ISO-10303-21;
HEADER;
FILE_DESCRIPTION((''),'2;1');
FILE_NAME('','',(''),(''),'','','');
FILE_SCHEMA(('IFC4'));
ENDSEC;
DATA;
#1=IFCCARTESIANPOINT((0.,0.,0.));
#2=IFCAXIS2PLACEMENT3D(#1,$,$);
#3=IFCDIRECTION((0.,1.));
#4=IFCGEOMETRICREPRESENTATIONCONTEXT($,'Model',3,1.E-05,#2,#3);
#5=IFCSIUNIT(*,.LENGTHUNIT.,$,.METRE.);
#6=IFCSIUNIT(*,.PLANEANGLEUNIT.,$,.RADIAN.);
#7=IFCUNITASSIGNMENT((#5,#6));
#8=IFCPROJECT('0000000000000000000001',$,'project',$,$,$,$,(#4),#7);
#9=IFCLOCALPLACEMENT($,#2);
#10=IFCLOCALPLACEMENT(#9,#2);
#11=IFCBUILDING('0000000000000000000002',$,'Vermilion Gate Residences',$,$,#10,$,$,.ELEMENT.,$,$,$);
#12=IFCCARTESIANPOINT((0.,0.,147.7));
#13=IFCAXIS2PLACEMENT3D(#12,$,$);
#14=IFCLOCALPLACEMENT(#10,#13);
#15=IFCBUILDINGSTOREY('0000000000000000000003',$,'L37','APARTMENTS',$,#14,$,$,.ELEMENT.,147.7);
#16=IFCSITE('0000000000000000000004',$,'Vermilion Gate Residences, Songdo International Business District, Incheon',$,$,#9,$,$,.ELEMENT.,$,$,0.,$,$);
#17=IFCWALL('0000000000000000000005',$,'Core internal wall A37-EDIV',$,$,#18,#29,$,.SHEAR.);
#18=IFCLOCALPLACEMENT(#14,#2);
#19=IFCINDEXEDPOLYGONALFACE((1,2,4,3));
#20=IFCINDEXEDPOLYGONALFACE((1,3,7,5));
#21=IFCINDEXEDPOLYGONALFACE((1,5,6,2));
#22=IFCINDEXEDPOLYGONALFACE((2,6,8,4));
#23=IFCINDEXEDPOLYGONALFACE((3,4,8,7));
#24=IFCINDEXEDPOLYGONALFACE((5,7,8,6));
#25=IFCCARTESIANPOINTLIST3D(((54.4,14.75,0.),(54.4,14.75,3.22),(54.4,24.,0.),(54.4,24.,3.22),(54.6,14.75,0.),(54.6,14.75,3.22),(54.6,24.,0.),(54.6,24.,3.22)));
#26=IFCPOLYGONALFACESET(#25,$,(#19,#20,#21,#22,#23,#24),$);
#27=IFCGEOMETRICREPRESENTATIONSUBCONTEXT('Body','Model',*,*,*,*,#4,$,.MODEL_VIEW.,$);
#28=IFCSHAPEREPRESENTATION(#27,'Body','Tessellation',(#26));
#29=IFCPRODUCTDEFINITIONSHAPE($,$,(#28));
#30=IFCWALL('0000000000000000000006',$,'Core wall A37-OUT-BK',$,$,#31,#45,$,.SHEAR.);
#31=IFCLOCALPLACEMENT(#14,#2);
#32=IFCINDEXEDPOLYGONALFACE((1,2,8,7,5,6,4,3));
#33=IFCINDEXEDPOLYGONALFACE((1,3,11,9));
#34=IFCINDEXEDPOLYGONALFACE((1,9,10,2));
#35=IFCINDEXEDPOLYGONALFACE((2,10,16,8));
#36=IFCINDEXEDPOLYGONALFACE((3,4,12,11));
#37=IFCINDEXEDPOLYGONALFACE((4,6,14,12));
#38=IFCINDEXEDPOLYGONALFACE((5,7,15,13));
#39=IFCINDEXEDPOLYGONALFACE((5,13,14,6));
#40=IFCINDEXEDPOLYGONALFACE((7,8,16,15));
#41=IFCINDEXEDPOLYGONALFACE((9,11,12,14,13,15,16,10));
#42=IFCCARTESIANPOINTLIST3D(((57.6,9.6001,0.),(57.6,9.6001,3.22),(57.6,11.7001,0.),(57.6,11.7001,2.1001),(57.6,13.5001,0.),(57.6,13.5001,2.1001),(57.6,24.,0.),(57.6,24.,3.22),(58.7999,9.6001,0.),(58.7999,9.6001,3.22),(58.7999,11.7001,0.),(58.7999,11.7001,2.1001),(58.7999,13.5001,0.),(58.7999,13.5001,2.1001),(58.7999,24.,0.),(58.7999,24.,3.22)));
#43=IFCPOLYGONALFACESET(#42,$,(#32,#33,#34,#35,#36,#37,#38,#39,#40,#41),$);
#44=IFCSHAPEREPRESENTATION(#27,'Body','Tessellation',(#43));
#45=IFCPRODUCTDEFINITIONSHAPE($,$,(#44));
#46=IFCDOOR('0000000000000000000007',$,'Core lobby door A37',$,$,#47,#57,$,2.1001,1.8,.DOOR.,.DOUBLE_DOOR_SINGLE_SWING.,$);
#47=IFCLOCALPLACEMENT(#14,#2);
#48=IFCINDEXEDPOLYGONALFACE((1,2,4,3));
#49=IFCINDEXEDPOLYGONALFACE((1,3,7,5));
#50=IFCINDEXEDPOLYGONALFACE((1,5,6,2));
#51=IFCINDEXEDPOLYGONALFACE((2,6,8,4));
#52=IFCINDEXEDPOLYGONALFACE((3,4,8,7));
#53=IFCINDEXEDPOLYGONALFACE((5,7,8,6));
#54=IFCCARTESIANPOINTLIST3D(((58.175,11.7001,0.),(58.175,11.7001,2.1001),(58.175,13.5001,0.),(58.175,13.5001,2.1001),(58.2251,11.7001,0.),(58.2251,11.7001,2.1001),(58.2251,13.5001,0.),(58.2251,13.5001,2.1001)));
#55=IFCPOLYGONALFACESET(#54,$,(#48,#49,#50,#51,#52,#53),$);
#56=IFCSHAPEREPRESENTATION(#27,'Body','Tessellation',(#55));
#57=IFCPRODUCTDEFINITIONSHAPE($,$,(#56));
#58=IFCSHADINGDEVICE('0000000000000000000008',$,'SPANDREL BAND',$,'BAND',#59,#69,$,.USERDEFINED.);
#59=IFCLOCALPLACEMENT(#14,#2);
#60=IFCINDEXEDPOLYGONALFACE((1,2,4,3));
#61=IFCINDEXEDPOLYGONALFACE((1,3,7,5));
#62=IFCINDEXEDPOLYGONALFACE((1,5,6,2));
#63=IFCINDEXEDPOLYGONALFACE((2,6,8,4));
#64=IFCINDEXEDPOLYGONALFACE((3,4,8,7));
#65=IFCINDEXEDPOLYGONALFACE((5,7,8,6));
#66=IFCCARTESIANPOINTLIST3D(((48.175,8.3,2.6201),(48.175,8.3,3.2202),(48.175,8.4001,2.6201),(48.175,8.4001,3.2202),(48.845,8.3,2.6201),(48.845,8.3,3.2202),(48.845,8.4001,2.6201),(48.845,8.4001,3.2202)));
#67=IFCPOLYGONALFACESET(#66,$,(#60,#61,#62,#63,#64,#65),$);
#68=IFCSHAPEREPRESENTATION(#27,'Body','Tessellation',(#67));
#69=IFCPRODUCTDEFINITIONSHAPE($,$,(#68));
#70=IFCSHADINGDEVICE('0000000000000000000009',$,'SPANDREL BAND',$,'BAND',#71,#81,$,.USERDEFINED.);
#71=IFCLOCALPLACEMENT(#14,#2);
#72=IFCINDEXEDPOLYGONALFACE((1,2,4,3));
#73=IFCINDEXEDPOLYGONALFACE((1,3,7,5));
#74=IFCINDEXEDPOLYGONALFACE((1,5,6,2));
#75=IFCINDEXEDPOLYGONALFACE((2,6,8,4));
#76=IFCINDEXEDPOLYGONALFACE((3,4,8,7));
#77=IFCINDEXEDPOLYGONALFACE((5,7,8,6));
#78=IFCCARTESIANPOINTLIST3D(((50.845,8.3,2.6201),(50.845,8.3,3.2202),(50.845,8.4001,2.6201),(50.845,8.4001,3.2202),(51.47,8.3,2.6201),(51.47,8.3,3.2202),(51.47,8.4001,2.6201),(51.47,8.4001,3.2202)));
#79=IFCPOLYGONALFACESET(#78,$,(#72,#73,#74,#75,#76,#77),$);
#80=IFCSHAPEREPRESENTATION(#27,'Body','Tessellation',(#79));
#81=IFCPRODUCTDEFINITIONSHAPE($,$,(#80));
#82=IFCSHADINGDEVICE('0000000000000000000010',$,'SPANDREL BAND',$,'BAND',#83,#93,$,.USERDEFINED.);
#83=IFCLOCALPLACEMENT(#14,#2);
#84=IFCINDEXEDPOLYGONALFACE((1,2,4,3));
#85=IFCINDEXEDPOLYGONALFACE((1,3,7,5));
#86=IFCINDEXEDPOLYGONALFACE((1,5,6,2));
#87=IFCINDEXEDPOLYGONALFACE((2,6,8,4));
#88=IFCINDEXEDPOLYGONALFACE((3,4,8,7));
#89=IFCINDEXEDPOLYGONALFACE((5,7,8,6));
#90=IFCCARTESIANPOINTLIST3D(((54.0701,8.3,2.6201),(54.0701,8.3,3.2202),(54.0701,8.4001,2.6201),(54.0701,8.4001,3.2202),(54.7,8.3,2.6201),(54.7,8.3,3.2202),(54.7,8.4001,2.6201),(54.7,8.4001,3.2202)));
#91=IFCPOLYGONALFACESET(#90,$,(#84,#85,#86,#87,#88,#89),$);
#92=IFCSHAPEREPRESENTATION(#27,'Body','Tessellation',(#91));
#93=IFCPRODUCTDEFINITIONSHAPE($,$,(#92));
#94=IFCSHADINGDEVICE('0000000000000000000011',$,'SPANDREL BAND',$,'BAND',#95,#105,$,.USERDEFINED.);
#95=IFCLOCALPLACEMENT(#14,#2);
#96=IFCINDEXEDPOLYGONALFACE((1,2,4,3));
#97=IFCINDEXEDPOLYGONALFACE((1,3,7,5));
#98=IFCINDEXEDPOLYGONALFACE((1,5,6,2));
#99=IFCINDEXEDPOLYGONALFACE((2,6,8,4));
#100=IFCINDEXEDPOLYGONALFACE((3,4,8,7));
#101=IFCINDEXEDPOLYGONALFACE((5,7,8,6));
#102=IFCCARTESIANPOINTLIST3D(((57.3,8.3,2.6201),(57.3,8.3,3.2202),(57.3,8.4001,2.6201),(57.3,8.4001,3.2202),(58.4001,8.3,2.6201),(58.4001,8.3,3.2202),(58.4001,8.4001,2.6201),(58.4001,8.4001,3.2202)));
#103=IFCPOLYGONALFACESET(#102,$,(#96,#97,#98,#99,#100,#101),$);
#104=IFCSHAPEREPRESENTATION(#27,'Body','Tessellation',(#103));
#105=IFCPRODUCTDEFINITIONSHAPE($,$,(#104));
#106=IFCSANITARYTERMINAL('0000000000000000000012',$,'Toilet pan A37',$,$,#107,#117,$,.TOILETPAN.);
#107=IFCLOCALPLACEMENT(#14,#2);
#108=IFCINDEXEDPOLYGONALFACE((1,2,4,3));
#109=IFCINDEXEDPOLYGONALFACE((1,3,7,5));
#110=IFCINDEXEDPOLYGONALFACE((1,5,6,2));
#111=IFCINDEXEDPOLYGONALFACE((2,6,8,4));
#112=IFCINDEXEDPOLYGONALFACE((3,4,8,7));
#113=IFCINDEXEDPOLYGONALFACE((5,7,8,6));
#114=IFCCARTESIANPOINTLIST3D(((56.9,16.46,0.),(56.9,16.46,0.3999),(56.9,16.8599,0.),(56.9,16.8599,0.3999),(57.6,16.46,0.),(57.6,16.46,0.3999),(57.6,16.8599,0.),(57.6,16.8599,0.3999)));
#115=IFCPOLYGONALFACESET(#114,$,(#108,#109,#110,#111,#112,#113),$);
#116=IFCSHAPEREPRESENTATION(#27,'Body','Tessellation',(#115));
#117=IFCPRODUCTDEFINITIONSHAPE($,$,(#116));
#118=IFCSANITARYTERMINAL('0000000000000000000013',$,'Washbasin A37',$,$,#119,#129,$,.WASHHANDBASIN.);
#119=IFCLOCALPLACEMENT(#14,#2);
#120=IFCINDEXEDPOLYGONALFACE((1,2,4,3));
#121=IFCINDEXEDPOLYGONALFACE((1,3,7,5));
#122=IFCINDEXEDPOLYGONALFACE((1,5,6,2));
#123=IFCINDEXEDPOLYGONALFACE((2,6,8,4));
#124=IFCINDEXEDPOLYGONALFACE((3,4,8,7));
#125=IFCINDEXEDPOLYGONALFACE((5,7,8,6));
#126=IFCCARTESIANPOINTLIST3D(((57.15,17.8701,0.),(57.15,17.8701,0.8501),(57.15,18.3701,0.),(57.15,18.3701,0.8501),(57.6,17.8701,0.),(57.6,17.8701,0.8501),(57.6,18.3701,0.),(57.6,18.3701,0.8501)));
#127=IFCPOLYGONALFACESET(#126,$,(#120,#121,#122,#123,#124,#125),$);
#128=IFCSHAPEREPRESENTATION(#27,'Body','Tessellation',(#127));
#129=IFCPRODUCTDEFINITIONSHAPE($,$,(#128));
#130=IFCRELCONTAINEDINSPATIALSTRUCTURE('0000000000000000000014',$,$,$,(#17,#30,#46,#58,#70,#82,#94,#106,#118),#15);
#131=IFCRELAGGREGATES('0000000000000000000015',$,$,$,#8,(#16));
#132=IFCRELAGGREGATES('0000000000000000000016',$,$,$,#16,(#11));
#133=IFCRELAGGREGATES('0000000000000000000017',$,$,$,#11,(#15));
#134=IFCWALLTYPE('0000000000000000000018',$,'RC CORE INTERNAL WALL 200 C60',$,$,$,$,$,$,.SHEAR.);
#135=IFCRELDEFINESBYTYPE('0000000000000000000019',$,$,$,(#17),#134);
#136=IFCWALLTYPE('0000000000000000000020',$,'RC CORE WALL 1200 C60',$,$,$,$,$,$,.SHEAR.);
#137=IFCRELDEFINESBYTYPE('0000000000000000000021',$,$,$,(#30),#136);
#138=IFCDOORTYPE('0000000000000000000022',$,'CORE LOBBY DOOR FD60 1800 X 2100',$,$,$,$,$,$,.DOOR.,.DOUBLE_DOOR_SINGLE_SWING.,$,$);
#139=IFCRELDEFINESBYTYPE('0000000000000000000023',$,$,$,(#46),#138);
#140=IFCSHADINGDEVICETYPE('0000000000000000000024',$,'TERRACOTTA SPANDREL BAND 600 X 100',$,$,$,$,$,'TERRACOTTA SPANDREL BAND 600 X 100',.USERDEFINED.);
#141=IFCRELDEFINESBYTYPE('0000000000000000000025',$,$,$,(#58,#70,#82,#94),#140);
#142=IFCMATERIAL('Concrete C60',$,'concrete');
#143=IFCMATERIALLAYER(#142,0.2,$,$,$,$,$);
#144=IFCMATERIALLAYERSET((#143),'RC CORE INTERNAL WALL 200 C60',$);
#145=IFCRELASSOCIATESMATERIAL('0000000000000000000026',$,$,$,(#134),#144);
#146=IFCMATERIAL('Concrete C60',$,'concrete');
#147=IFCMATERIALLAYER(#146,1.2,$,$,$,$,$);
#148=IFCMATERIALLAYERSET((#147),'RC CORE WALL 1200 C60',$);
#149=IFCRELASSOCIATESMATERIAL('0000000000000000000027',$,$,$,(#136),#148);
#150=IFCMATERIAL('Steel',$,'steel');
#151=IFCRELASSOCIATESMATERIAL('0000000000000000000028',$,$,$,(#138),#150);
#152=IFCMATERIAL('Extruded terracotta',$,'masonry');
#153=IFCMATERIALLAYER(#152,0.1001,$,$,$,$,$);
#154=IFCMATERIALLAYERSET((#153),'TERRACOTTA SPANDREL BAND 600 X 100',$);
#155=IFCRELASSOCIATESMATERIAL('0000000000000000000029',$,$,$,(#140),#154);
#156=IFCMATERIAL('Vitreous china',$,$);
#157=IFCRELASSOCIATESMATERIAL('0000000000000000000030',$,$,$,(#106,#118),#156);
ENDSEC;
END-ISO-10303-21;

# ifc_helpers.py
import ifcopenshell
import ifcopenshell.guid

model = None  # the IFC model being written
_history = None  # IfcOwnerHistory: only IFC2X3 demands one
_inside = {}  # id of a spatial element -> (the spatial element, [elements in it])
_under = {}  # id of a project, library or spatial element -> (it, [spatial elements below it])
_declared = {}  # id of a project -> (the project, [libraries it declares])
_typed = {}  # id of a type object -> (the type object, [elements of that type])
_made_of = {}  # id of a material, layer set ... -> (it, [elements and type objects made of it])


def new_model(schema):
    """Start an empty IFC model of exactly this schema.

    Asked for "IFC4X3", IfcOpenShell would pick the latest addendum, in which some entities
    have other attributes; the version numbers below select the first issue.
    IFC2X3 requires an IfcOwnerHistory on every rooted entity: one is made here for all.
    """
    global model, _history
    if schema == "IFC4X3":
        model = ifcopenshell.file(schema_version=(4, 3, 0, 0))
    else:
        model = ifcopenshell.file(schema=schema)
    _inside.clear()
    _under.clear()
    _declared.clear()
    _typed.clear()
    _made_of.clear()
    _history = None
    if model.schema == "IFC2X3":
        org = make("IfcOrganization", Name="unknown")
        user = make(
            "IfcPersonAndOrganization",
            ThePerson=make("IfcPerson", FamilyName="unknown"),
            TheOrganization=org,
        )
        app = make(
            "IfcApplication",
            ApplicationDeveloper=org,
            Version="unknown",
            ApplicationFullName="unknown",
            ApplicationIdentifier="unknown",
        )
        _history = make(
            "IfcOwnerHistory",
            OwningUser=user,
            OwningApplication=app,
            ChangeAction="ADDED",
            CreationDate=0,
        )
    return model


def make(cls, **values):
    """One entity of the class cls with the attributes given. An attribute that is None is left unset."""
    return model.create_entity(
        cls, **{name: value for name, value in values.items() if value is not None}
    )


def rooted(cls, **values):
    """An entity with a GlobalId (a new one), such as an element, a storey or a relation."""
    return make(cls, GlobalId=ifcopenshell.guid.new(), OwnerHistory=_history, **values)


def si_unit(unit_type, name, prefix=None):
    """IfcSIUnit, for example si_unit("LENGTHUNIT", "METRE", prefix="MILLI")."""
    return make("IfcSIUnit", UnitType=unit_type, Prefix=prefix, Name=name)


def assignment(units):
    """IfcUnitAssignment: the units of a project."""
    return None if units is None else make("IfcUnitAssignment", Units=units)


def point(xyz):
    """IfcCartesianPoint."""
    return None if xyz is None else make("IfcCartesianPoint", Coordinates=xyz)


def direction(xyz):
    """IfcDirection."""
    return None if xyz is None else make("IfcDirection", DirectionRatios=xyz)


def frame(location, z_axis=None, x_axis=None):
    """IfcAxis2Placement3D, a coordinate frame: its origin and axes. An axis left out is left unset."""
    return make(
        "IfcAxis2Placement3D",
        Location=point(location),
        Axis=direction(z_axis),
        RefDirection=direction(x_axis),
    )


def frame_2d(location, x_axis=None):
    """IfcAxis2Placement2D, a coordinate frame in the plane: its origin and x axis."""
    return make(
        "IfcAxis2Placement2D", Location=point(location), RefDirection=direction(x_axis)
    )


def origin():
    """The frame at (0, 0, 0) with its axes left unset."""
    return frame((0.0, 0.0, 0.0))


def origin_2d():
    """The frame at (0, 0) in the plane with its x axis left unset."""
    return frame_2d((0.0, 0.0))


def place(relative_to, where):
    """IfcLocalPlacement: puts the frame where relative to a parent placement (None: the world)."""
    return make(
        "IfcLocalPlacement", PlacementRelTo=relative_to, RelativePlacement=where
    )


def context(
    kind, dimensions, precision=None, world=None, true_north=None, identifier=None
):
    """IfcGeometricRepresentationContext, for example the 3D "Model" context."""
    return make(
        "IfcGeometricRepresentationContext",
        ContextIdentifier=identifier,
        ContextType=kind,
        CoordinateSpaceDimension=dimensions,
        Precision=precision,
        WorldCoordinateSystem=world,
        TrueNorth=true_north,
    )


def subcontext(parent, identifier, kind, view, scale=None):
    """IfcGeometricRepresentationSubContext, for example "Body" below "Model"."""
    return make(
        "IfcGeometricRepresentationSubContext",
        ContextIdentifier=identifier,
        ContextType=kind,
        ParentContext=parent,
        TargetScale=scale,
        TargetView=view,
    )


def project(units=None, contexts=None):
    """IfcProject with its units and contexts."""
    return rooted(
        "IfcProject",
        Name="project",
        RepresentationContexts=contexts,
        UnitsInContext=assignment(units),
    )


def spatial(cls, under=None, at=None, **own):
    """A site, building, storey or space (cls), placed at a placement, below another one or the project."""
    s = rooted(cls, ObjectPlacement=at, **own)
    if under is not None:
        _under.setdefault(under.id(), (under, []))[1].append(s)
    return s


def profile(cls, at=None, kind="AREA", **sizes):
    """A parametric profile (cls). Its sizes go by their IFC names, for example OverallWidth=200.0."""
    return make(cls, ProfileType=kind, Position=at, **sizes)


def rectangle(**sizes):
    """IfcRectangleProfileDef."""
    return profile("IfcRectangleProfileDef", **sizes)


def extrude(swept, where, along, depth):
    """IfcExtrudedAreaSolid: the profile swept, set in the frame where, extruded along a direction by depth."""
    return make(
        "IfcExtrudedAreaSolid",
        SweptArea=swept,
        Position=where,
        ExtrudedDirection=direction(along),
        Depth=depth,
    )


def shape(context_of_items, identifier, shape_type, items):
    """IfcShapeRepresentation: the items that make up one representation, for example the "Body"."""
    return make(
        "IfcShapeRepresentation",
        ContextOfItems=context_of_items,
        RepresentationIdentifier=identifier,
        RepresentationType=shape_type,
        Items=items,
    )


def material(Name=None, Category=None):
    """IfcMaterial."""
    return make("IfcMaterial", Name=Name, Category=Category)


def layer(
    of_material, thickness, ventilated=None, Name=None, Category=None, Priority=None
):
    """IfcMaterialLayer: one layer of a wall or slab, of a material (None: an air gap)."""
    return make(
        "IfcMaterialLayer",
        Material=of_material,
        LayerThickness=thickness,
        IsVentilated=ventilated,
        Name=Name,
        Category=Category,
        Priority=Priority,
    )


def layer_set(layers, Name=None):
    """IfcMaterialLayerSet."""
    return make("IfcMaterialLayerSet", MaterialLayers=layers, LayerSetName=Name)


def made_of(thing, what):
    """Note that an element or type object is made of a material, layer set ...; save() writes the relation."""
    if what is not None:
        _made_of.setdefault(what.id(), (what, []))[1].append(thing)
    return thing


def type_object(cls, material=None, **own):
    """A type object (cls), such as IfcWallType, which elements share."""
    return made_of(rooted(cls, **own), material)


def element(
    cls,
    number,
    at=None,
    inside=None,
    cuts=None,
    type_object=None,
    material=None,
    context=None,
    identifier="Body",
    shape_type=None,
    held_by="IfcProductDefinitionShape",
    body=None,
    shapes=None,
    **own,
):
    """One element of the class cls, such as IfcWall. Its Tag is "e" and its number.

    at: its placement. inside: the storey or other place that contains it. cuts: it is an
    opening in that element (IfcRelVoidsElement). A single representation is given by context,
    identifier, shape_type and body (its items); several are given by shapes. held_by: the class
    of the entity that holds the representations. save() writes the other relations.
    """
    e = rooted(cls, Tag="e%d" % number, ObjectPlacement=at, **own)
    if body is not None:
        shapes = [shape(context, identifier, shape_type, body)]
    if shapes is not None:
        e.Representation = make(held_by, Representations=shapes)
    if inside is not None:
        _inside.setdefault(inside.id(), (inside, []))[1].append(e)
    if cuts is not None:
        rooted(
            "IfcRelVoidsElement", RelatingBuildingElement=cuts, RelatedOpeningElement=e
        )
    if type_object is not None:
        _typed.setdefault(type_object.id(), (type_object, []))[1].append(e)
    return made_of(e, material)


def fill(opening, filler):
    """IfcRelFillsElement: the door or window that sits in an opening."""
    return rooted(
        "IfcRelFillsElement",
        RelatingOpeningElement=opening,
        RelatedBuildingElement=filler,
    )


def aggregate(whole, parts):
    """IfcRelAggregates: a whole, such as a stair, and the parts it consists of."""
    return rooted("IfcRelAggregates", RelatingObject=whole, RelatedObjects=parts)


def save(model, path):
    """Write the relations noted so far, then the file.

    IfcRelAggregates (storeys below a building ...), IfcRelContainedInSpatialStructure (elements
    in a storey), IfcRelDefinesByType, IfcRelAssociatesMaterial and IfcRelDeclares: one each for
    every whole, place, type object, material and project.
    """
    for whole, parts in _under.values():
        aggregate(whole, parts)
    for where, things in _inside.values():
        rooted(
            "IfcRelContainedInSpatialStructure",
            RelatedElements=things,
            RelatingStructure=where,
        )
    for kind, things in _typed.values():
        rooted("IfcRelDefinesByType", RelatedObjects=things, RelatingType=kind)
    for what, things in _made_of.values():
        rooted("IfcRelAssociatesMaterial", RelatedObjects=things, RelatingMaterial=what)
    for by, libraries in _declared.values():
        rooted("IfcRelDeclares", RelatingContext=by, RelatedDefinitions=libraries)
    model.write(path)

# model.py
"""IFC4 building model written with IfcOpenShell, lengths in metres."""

from ifc_helpers import new_model, si_unit, direction, frame, frame_2d, origin, origin_2d, place, context, subcontext, project, spatial, rectangle, extrude, material, layer, layer_set, type_object, element, fill, save


model = new_model("IFC4")

# Units and contexts
model_context = context("Model", 3, precision=1e-05, world=origin(), true_north=direction((0.0, 1.0)))
body_context = subcontext(model_context, "Body", "Model", "MODEL_VIEW")
ifc_project = project(units=[si_unit("LENGTHUNIT", "METRE"), si_unit("PLANEANGLEUNIT", "RADIAN")], contexts=[model_context])

# Site, building, storey
site_placement = place(None, origin())
site = spatial("IfcSite", under=ifc_project, at=site_placement, Name="Vermilion Gate Residences, Songdo International Business District, Incheon", CompositionType="ELEMENT", RefElevation=0.0)
building_placement = place(site_placement, origin())
building = spatial("IfcBuilding", under=site, at=building_placement, Name="Vermilion Gate Residences", CompositionType="ELEMENT")
storey_placement = place(building_placement, frame((0.0, 0.0, 147.7)))
storey = spatial("IfcBuildingStorey", under=building, at=storey_placement, Name="L37", Description="APARTMENTS", CompositionType="ELEMENT", Elevation=147.7)

# Wall
ifc_material_1 = material(Name="Concrete C60", Category="concrete")
ifc_layer_1 = layer(ifc_material_1, 0.2)
ifc_layer_set_1 = layer_set([ifc_layer_1], Name="RC CORE INTERNAL WALL 200 C60")
wall_type_1 = type_object("IfcWallType", Name="RC CORE INTERNAL WALL 200 C60", PredefinedType="SHEAR", material=ifc_layer_set_1)
wall_1_placement = place(storey_placement, frame((54.5, 14.75, 0.0), z_axis=(0.0, 0.0, 1.0), x_axis=(0.0, 1.0, 0.0)))
element("IfcWall", 1, at=wall_1_placement, inside=storey, type_object=wall_type_1, Name="Core internal wall A37-EDIV", PredefinedType="SHEAR", context=body_context, shape_type="SweptSolid", body=[
    extrude(rectangle(XDim=9.25, YDim=0.2, at=frame_2d((4.625, 0.0))), origin(), (0.0, 0.0, 1.0), 3.22),
])

# Wall, opening, door
ifc_material_2 = material(Name="Concrete C60", Category="concrete")
ifc_layer_2 = layer(ifc_material_2, 1.2)
ifc_layer_set_2 = layer_set([ifc_layer_2], Name="RC CORE WALL 1200 C60")
wall_type_2 = type_object("IfcWallType", Name="RC CORE WALL 1200 C60", PredefinedType="SHEAR", material=ifc_layer_set_2)
wall_2_placement = place(storey_placement, frame((58.2, 9.6001, 0.0), z_axis=(0.0, 0.0, 1.0), x_axis=(0.0, 1.0, 0.0)))
wall_2 = element("IfcWall", 2, at=wall_2_placement, inside=storey, type_object=wall_type_2, Name="Core wall A37-OUT-BK", PredefinedType="SHEAR", context=body_context, shape_type="SweptSolid", body=[
    extrude(rectangle(XDim=14.3999, YDim=1.2, at=frame_2d((7.2, 0.0))), origin(), (0.0, 0.0, 1.0), 3.22),
])
opening_1_placement = place(wall_2_placement, frame((2.1001, 0.0, 0.0)))
opening_1 = element("IfcOpeningElement", 3, at=opening_1_placement, cuts=wall_2, PredefinedType="OPENING", context=body_context, shape_type="SweptSolid", body=[
    extrude(rectangle(XDim=1.8, YDim=2.1001, at=frame_2d((0.8999, 1.05))), frame((0.0, 0.6099, 0.0), z_axis=(0.0, -1.0, 0.0), x_axis=(1.0, 0.0, 0.0)), (0.0, 0.0, 1.0), 1.22),
])
ifc_material_3 = material(Name="Steel", Category="steel")
door_type_1 = type_object("IfcDoorType", Name="CORE LOBBY DOOR FD60 1800 X 2100", OperationType="DOUBLE_DOOR_SINGLE_SWING", PredefinedType="DOOR", material=ifc_material_3)
door_1_placement = place(opening_1_placement, origin())
door_1 = element("IfcDoor", 4, at=door_1_placement, inside=storey, type_object=door_type_1, Name="Core lobby door A37", OperationType="DOUBLE_DOOR_SINGLE_SWING", OverallHeight=2.1001, OverallWidth=1.8, PredefinedType="DOOR", context=body_context, shape_type="SweptSolid", body=[
    extrude(rectangle(XDim=1.8, YDim=2.1001, at=frame_2d((0.8999, 1.05))), frame((0.0, 0.0249, 0.0), z_axis=(0.0, -1.0, 0.0), x_axis=(1.0, 0.0, 0.0)), (0.0, 0.0, 1.0), 0.05),
])
fill(opening_1, door_1)

# Shading devices
ifc_material_4 = material(Name="Extruded terracotta", Category="masonry")
ifc_layer_3 = layer(ifc_material_4, 0.1001)
ifc_layer_set_3 = layer_set([ifc_layer_3], Name="TERRACOTTA SPANDREL BAND 600 X 100")
shading_device_type = type_object("IfcShadingDeviceType", Name="TERRACOTTA SPANDREL BAND 600 X 100", ElementType="TERRACOTTA SPANDREL BAND 600 X 100", PredefinedType="USERDEFINED", material=ifc_layer_set_3)
shading_device_1_placement = place(storey_placement, frame((48.51, 8.3501, 2.6201), z_axis=(0.0, 0.0, 1.0), x_axis=(1.0, 0.0, 0.0)))
element("IfcShadingDevice", 5, at=shading_device_1_placement, inside=storey, type_object=shading_device_type, Name="SPANDREL BAND", ObjectType="BAND", PredefinedType="USERDEFINED", context=body_context, shape_type="SweptSolid", body=[
    extrude(rectangle(XDim=0.6699, YDim=0.1001, at=origin_2d()), origin(), (0.0, 0.0, 1.0), 0.6001),
])
shading_device_2_placement = place(storey_placement, frame((51.1575, 8.3501, 2.6201), z_axis=(0.0, 0.0, 1.0), x_axis=(1.0, 0.0, 0.0)))
element("IfcShadingDevice", 6, at=shading_device_2_placement, inside=storey, type_object=shading_device_type, Name="SPANDREL BAND", ObjectType="BAND", PredefinedType="USERDEFINED", context=body_context, shape_type="SweptSolid", body=[
    extrude(rectangle(XDim=0.625, YDim=0.1001, at=origin_2d()), origin(), (0.0, 0.0, 1.0), 0.6001),
])
shading_device_3_placement = place(storey_placement, frame((54.385, 8.3501, 2.6201), z_axis=(0.0, 0.0, 1.0), x_axis=(1.0, 0.0, 0.0)))
element("IfcShadingDevice", 7, at=shading_device_3_placement, inside=storey, type_object=shading_device_type, Name="SPANDREL BAND", ObjectType="BAND", PredefinedType="USERDEFINED", context=body_context, shape_type="SweptSolid", body=[
    extrude(rectangle(XDim=0.6299, YDim=0.1001, at=origin_2d()), origin(), (0.0, 0.0, 1.0), 0.6001),
])
shading_device_4_placement = place(storey_placement, frame((57.8501, 8.3501, 2.6201), z_axis=(0.0, 0.0, 1.0), x_axis=(1.0, 0.0, 0.0)))
element("IfcShadingDevice", 8, at=shading_device_4_placement, inside=storey, type_object=shading_device_type, Name="SPANDREL BAND", ObjectType="BAND", PredefinedType="USERDEFINED", context=body_context, shape_type="SweptSolid", body=[
    extrude(rectangle(XDim=1.1001, YDim=0.1001, at=origin_2d()), origin(), (0.0, 0.0, 1.0), 0.6001),
])

# Sanitary terminals
ifc_material_5 = material(Name="Vitreous china")
sanitary_terminal_1_placement = place(storey_placement, frame((57.25, 16.6599, 0.0), z_axis=(0.0, 0.0, 1.0), x_axis=(1.0, 0.0, 0.0)))
element("IfcSanitaryTerminal", 9, at=sanitary_terminal_1_placement, inside=storey, material=ifc_material_5, Name="Toilet pan A37", PredefinedType="TOILETPAN", context=body_context, shape_type="SweptSolid", body=[
    extrude(rectangle(XDim=0.7, YDim=0.3999, at=origin_2d()), origin(), (0.0, 0.0, 1.0), 0.3999),
])
sanitary_terminal_2_placement = place(storey_placement, frame((57.375, 18.1201, 0.0), z_axis=(0.0, 0.0, 1.0), x_axis=(1.0, 0.0, 0.0)))
element("IfcSanitaryTerminal", 10, at=sanitary_terminal_2_placement, inside=storey, material=ifc_material_5, Name="Washbasin A37", PredefinedType="WASHHANDBASIN", context=body_context, shape_type="SweptSolid", body=[
    extrude(rectangle(XDim=0.45, YDim=0.5, at=origin_2d()), origin(), (0.0, 0.0, 1.0), 0.8501),
])

save(model, "model.ifc")
